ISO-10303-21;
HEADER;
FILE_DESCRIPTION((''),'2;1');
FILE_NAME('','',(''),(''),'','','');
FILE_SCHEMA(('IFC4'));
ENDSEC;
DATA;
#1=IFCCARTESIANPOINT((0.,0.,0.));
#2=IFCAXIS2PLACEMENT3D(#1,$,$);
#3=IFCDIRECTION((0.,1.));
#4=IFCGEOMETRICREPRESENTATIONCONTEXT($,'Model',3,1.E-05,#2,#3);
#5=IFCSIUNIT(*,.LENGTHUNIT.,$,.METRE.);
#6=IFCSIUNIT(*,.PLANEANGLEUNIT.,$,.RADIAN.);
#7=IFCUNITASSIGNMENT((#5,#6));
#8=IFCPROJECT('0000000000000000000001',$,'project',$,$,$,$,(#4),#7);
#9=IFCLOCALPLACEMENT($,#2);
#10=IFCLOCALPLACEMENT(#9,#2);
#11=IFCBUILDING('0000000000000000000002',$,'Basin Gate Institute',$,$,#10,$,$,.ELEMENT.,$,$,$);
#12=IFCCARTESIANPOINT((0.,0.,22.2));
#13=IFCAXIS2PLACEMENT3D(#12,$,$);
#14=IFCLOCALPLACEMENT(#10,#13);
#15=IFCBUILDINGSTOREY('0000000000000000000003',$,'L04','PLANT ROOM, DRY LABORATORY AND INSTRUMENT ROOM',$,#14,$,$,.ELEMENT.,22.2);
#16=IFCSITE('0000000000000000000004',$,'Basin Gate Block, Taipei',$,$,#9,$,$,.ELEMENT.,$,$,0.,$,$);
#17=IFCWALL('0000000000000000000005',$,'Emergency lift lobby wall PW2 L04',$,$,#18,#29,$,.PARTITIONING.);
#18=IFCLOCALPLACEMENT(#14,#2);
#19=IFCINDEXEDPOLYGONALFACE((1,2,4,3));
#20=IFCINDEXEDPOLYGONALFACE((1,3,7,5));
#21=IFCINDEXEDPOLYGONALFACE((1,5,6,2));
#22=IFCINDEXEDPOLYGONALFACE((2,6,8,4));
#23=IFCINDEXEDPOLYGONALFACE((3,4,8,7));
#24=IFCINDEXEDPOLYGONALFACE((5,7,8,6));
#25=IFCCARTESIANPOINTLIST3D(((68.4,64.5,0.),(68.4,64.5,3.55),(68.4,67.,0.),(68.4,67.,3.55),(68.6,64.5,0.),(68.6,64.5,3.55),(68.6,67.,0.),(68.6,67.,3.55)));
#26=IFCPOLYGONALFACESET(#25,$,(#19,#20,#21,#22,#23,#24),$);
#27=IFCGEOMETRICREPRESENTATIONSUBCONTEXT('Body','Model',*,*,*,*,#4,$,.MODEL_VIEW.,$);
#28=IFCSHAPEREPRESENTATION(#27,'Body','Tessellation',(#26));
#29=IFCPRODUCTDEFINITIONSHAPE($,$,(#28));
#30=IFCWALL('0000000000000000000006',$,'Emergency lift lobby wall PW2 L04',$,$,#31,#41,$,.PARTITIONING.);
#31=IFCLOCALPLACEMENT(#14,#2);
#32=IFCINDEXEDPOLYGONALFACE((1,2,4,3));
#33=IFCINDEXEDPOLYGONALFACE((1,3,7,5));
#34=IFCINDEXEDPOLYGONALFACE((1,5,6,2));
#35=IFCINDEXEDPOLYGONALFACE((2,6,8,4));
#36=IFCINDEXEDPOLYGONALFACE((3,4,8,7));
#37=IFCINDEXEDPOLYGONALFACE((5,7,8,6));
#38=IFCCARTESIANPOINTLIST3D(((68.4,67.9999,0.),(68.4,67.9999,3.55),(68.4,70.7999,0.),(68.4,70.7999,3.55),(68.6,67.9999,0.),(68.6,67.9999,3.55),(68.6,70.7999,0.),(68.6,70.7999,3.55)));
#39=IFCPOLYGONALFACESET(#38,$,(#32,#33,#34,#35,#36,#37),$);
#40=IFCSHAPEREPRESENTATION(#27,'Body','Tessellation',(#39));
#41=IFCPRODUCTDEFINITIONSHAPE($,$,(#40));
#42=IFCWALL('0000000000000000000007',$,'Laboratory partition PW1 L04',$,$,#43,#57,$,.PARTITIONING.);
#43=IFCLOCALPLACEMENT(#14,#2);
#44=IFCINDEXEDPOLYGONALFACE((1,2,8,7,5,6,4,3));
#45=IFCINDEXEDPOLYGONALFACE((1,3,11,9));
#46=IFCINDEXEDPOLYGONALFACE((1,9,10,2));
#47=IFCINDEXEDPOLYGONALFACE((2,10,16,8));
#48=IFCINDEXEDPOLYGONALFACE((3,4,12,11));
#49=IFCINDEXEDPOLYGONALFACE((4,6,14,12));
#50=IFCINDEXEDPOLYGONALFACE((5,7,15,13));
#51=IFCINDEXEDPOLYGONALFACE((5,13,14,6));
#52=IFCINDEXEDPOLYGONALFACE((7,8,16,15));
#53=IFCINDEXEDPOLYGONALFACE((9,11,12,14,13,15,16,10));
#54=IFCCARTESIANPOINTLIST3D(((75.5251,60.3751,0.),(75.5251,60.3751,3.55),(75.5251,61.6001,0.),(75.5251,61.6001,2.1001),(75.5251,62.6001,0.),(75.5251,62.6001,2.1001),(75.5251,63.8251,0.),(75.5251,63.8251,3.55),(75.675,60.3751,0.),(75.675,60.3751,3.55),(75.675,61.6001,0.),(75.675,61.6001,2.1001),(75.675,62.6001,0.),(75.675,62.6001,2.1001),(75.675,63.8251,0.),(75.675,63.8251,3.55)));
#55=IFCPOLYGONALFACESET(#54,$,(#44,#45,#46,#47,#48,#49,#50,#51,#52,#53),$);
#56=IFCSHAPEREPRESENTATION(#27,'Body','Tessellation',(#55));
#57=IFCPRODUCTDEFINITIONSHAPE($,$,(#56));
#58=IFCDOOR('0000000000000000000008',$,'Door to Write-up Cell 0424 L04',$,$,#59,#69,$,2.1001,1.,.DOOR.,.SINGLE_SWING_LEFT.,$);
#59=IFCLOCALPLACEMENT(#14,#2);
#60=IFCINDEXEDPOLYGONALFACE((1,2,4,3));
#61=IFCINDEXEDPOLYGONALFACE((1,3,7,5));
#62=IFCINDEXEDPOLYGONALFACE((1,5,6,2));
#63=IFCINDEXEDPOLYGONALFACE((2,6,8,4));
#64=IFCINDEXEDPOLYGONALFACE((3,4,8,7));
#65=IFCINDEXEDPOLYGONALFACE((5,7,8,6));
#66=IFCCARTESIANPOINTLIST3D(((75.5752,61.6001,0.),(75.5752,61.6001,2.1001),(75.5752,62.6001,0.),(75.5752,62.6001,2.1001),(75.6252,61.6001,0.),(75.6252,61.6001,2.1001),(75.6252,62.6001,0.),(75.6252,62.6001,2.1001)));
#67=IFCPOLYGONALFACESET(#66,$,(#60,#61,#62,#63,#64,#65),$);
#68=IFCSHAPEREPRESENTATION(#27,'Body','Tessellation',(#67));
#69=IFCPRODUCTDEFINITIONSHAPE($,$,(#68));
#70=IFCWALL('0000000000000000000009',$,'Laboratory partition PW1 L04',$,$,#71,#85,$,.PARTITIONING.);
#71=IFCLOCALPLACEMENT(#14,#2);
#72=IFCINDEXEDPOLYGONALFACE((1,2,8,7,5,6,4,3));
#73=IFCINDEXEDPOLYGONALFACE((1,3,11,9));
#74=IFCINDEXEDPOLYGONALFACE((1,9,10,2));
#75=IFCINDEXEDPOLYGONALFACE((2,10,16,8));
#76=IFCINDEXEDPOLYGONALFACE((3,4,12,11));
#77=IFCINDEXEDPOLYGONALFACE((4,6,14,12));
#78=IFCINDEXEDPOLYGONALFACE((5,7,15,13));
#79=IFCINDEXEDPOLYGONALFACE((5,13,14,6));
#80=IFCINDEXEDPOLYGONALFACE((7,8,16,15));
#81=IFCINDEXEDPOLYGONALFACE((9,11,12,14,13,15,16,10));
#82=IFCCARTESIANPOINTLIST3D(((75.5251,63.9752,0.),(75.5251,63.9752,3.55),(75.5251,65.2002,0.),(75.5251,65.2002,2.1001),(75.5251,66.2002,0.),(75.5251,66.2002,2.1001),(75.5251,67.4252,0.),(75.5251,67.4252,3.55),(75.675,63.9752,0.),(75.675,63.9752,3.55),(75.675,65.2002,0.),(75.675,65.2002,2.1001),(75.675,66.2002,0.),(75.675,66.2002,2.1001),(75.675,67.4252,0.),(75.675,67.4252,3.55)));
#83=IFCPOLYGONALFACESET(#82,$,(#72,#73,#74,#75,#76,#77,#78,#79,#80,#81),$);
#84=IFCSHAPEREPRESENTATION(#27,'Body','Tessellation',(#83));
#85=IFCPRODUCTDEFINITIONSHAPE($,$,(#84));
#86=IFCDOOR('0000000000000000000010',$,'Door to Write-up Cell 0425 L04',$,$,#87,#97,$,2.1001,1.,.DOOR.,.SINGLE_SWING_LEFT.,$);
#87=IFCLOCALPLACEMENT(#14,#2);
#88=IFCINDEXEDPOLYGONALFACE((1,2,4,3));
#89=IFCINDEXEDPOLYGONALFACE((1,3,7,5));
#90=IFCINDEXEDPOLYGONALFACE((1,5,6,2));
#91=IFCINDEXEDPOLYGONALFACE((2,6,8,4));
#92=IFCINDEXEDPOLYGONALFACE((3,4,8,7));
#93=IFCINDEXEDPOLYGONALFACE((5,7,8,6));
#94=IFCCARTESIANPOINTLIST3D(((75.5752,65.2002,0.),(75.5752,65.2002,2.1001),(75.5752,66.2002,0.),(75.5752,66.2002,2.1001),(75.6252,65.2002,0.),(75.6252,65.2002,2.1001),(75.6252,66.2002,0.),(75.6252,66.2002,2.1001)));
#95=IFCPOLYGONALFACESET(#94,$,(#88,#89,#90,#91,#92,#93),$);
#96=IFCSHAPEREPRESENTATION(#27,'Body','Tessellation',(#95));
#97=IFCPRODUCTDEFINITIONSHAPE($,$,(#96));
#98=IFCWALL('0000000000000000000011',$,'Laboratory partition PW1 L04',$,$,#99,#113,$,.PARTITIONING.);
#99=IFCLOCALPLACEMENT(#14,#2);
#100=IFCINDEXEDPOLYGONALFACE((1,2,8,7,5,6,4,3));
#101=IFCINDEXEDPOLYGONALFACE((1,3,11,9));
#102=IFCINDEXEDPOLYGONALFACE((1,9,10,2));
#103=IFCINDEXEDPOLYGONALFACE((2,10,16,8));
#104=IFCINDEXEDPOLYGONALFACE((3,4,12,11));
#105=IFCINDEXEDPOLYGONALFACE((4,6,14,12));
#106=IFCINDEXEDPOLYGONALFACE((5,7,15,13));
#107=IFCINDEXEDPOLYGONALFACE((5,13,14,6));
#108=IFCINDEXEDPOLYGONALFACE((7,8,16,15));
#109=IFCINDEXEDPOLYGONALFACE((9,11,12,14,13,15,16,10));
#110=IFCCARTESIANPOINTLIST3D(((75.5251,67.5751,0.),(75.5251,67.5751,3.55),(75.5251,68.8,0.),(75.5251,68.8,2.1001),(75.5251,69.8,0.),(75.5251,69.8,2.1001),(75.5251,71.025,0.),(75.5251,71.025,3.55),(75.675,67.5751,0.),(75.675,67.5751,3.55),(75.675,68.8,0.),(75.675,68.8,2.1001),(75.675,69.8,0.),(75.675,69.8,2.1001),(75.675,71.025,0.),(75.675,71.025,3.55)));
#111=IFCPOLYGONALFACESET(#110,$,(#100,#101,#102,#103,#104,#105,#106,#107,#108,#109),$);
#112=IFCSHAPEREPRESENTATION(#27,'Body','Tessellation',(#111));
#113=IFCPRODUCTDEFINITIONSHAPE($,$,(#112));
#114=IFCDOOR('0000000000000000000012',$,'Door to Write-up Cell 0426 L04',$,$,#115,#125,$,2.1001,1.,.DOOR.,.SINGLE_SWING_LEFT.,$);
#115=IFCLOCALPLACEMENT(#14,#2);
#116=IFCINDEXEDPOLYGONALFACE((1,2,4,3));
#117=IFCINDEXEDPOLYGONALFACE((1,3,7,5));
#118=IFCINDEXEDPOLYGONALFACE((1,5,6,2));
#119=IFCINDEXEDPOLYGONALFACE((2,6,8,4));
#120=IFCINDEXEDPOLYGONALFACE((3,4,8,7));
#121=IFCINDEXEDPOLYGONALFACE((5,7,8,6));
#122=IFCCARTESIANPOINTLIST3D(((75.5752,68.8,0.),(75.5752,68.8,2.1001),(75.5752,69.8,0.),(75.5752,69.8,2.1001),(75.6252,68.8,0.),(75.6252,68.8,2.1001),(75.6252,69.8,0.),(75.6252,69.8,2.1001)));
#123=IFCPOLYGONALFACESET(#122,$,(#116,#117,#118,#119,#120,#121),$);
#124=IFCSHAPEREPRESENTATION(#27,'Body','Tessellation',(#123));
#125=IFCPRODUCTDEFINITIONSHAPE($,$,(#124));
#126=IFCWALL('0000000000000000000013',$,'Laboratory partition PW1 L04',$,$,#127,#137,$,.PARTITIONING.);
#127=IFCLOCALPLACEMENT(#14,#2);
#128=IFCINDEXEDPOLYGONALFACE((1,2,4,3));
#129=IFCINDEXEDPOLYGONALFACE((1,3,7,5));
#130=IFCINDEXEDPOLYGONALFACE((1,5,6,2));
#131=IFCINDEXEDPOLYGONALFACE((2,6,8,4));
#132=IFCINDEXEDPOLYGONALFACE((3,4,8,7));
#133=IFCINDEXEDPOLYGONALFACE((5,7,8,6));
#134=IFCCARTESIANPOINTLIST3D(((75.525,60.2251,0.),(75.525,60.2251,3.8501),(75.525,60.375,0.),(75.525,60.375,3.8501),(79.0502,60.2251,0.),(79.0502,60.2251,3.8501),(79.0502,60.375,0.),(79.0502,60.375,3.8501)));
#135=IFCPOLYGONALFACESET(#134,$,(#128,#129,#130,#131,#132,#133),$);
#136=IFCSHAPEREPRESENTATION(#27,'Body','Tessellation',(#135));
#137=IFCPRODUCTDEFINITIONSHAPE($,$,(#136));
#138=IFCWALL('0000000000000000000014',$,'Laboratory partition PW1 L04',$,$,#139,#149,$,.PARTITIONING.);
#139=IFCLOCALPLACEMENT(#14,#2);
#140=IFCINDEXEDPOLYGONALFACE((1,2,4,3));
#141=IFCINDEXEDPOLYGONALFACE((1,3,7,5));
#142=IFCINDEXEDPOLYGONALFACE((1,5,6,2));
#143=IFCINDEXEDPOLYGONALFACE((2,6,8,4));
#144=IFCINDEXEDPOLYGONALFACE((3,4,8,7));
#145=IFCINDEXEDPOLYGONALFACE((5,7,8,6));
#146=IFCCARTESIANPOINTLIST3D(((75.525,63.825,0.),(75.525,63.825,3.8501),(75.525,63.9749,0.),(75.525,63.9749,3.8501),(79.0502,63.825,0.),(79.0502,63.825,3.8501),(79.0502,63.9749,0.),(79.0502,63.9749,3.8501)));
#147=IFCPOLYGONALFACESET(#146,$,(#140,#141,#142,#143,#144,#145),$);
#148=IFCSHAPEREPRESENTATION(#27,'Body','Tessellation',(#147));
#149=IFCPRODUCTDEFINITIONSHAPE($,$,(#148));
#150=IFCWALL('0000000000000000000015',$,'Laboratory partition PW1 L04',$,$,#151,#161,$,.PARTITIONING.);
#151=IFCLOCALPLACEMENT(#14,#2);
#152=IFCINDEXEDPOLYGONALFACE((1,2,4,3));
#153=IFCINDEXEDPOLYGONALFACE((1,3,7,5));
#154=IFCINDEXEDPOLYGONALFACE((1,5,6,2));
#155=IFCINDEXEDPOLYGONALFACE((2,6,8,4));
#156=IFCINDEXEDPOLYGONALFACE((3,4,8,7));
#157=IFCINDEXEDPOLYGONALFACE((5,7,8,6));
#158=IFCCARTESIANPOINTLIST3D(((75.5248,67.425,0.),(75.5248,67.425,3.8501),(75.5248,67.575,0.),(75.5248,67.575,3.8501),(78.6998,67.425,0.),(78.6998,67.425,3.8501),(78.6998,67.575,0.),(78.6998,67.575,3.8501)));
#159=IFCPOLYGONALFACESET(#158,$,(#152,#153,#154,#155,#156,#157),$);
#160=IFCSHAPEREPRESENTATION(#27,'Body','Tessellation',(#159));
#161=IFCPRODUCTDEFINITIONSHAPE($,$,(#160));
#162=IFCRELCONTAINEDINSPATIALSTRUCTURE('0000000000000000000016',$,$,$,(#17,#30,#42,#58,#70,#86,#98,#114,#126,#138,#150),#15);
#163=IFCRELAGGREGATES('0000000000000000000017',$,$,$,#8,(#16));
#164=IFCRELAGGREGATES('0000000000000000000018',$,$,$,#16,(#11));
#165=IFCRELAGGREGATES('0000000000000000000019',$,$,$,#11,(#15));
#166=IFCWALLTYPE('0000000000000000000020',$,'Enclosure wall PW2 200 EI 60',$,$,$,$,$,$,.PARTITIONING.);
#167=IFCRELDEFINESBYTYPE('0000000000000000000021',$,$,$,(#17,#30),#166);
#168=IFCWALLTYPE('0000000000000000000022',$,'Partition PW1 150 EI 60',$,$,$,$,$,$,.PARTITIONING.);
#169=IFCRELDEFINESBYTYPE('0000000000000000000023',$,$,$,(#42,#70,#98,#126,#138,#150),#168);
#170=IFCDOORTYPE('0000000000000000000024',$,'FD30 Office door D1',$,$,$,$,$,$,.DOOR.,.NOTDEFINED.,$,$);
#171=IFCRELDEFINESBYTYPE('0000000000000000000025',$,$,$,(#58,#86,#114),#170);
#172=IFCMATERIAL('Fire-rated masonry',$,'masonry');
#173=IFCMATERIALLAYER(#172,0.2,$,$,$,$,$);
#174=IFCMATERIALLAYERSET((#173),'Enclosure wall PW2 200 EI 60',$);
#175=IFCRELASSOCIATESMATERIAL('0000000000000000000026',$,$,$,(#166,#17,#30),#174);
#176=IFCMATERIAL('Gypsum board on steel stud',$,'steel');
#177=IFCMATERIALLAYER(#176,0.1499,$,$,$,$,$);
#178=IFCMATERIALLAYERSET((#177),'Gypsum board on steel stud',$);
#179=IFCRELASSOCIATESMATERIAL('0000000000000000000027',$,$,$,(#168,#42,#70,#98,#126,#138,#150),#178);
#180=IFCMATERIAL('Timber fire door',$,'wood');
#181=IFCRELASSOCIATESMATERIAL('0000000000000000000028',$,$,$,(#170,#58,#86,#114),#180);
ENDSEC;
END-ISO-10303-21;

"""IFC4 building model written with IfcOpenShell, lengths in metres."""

from ifc_helpers import new_model, si_unit, direction, frame, frame_2d, origin, place, context, subcontext, project, spatial, rectangle, extrude, material, layer, layer_set, type_object, element, fill, save


model = new_model("IFC4")

# Units and contexts
model_context = context("Model", 3, precision=1e-05, world=origin(), true_north=direction((0.0, 1.0)))
body_context = subcontext(model_context, "Body", "Model", "MODEL_VIEW")
ifc_project = project(units=[si_unit("LENGTHUNIT", "METRE"), si_unit("PLANEANGLEUNIT", "RADIAN")], contexts=[model_context])

# Site, building, storey
site_placement = place(None, origin())
site = spatial("IfcSite", under=ifc_project, at=site_placement, Name="Basin Gate Block, Taipei", CompositionType="ELEMENT", RefElevation=0.0)
building_placement = place(site_placement, origin())
building = spatial("IfcBuilding", under=site, at=building_placement, Name="Basin Gate Institute", CompositionType="ELEMENT")
storey_placement = place(building_placement, frame((0.0, 0.0, 22.2)))
storey = spatial("IfcBuildingStorey", under=building, at=storey_placement, Name="L04", Description="PLANT ROOM, DRY LABORATORY AND INSTRUMENT ROOM", CompositionType="ELEMENT", Elevation=22.2)

# Walls
ifc_material_1 = material(Name="Fire-rated masonry", Category="masonry")
ifc_layer_1 = layer(ifc_material_1, 0.2)
ifc_layer_set_1 = layer_set([ifc_layer_1], Name="Enclosure wall PW2 200 EI 60")
wall_type_1 = type_object("IfcWallType", Name="Enclosure wall PW2 200 EI 60", PredefinedType="PARTITIONING", material=ifc_layer_set_1)
wall_1_placement = place(storey_placement, frame((68.5, 64.5, 0.0), z_axis=(0.0, 0.0, 1.0), x_axis=(0.0, 1.0, 0.0)))
element("IfcWall", 1, at=wall_1_placement, inside=storey, type_object=wall_type_1, material=ifc_layer_set_1, Name="Emergency lift lobby wall PW2 L04", PredefinedType="PARTITIONING", context=body_context, shape_type="SweptSolid", body=[
    extrude(rectangle(XDim=2.5, YDim=0.2, at=frame_2d((1.25, 0.0))), origin(), (0.0, 0.0, 1.0), 3.55),
])
wall_2_placement = place(storey_placement, frame((68.5, 68.0, 0.0), z_axis=(0.0, 0.0, 1.0), x_axis=(0.0, 1.0, 0.0)))
element("IfcWall", 2, at=wall_2_placement, inside=storey, type_object=wall_type_1, material=ifc_layer_set_1, Name="Emergency lift lobby wall PW2 L04", PredefinedType="PARTITIONING", context=body_context, shape_type="SweptSolid", body=[
    extrude(rectangle(XDim=2.8, YDim=0.2, at=frame_2d((1.3999, 0.0))), origin(), (0.0, 0.0, 1.0), 3.55),
])

# Walls, openings, doors
ifc_material_2 = material(Name="Gypsum board on steel stud", Category="steel")
ifc_layer_2 = layer(ifc_material_2, 0.1499)
ifc_layer_set_2 = layer_set([ifc_layer_2], Name="Gypsum board on steel stud")
wall_type_2 = type_object("IfcWallType", Name="Partition PW1 150 EI 60", PredefinedType="PARTITIONING", material=ifc_layer_set_2)
wall_3_placement = place(storey_placement, frame((75.6001, 60.375, 0.0), z_axis=(0.0, 0.0, 1.0), x_axis=(0.0, 1.0, 0.0)))
wall_3 = element("IfcWall", 3, at=wall_3_placement, inside=storey, type_object=wall_type_2, material=ifc_layer_set_2, Name="Laboratory partition PW1 L04", PredefinedType="PARTITIONING", context=body_context, shape_type="SweptSolid", body=[
    extrude(rectangle(XDim=3.45, YDim=0.1499, at=frame_2d((1.7251, 0.0))), origin(), (0.0, 0.0, 1.0), 3.55),
])
opening_1_placement = place(wall_3_placement, frame((1.2251, 0.0, 0.0)))
opening_1 = element("IfcOpeningElement", 4, at=opening_1_placement, cuts=wall_3, PredefinedType="OPENING", context=body_context, shape_type="SweptSolid", body=[
    extrude(rectangle(XDim=1.0, YDim=2.1001, at=frame_2d((0.5, 1.05))), frame((0.0, 0.085, 0.0), z_axis=(0.0, -1.0, 0.0), x_axis=(1.0, 0.0, 0.0)), (0.0, 0.0, 1.0), 0.1699),
])
ifc_material_3 = material(Name="Timber fire door", Category="wood")
door_type = type_object("IfcDoorType", Name="FD30 Office door D1", OperationType="NOTDEFINED", PredefinedType="DOOR", material=ifc_material_3)
door_1_placement = place(opening_1_placement, origin())
door_1 = element("IfcDoor", 5, at=door_1_placement, inside=storey, type_object=door_type, material=ifc_material_3, Name="Door to Write-up Cell 0424 L04", OperationType="SINGLE_SWING_LEFT", OverallHeight=2.1001, OverallWidth=1.0, PredefinedType="DOOR", context=body_context, shape_type="SweptSolid", body=[
    extrude(rectangle(XDim=1.0, YDim=2.1001, at=frame_2d((0.5, 1.05))), frame((0.0, 0.0249, 0.0), z_axis=(0.0, -1.0, 0.0), x_axis=(1.0, 0.0, 0.0)), (0.0, 0.0, 1.0), 0.05),
])
fill(opening_1, door_1)
wall_4_placement = place(storey_placement, frame((75.6001, 63.9751, 0.0), z_axis=(0.0, 0.0, 1.0), x_axis=(0.0, 1.0, 0.0)))
wall_4 = element("IfcWall", 6, at=wall_4_placement, inside=storey, type_object=wall_type_2, material=ifc_layer_set_2, Name="Laboratory partition PW1 L04", PredefinedType="PARTITIONING", context=body_context, shape_type="SweptSolid", body=[
    extrude(rectangle(XDim=3.45, YDim=0.1499, at=frame_2d((1.7251, 0.0))), origin(), (0.0, 0.0, 1.0), 3.55),
])
opening_2_placement = place(wall_4_placement, frame((1.2251, 0.0, 0.0)))
opening_2 = element("IfcOpeningElement", 7, at=opening_2_placement, cuts=wall_4, PredefinedType="OPENING", context=body_context, shape_type="SweptSolid", body=[
    extrude(rectangle(XDim=1.0, YDim=2.1001, at=frame_2d((0.5, 1.05))), frame((0.0, 0.085, 0.0), z_axis=(0.0, -1.0, 0.0), x_axis=(1.0, 0.0, 0.0)), (0.0, 0.0, 1.0), 0.1699),
])
door_2_placement = place(opening_2_placement, origin())
door_2 = element("IfcDoor", 8, at=door_2_placement, inside=storey, type_object=door_type, material=ifc_material_3, Name="Door to Write-up Cell 0425 L04", OperationType="SINGLE_SWING_LEFT", OverallHeight=2.1001, OverallWidth=1.0, PredefinedType="DOOR", context=body_context, shape_type="SweptSolid", body=[
    extrude(rectangle(XDim=1.0, YDim=2.1001, at=frame_2d((0.5, 1.05))), frame((0.0, 0.0249, 0.0), z_axis=(0.0, -1.0, 0.0), x_axis=(1.0, 0.0, 0.0)), (0.0, 0.0, 1.0), 0.05),
])
fill(opening_2, door_2)
wall_5_placement = place(storey_placement, frame((75.6001, 67.575, 0.0), z_axis=(0.0, 0.0, 1.0), x_axis=(0.0, 1.0, 0.0)))
wall_5 = element("IfcWall", 9, at=wall_5_placement, inside=storey, type_object=wall_type_2, material=ifc_layer_set_2, Name="Laboratory partition PW1 L04", PredefinedType="PARTITIONING", context=body_context, shape_type="SweptSolid", body=[
    extrude(rectangle(XDim=3.45, YDim=0.1499, at=frame_2d((1.7251, 0.0))), origin(), (0.0, 0.0, 1.0), 3.55),
])
opening_3_placement = place(wall_5_placement, frame((1.2251, 0.0, 0.0)))
opening_3 = element("IfcOpeningElement", 10, at=opening_3_placement, cuts=wall_5, PredefinedType="OPENING", context=body_context, shape_type="SweptSolid", body=[
    extrude(rectangle(XDim=1.0, YDim=2.1001, at=frame_2d((0.5, 1.05))), frame((0.0, 0.085, 0.0), z_axis=(0.0, -1.0, 0.0), x_axis=(1.0, 0.0, 0.0)), (0.0, 0.0, 1.0), 0.1699),
])
door_3_placement = place(opening_3_placement, origin())
door_3 = element("IfcDoor", 11, at=door_3_placement, inside=storey, type_object=door_type, material=ifc_material_3, Name="Door to Write-up Cell 0426 L04", OperationType="SINGLE_SWING_LEFT", OverallHeight=2.1001, OverallWidth=1.0, PredefinedType="DOOR", context=body_context, shape_type="SweptSolid", body=[
    extrude(rectangle(XDim=1.0, YDim=2.1001, at=frame_2d((0.5, 1.05))), frame((0.0, 0.0249, 0.0), z_axis=(0.0, -1.0, 0.0), x_axis=(1.0, 0.0, 0.0)), (0.0, 0.0, 1.0), 0.05),
])
fill(opening_3, door_3)

# Walls
for number, where, z_axis, x_axis, name in (
    (12, (75.5249, 60.3, 0.0), (0.0, 0.0, 1.0), (1.0, 0.0, 0.0), "Laboratory partition PW1 L04"),
    (13, (75.5249, 63.8999, 0.0), (0.0, 0.0, 1.0), (1.0, 0.0, 0.0), "Laboratory partition PW1 L04"),
):
    element("IfcWall", number, at=place(storey_placement, frame(where, z_axis=z_axis, x_axis=x_axis)), inside=storey, type_object=wall_type_2, material=ifc_layer_set_2, Name=name, PredefinedType="PARTITIONING", context=body_context, shape_type="SweptSolid", body=[
        extrude(rectangle(XDim=3.5251, YDim=0.1499, at=frame_2d((1.7627, 0.0))), origin(), (0.0, 0.0, 1.0), 3.8501),
    ])
wall_6_placement = place(storey_placement, frame((75.5249, 67.5, 0.0), z_axis=(0.0, 0.0, 1.0), x_axis=(1.0, 0.0, 0.0)))
element("IfcWall", 14, at=wall_6_placement, inside=storey, type_object=wall_type_2, material=ifc_layer_set_2, Name="Laboratory partition PW1 L04", PredefinedType="PARTITIONING", context=body_context, shape_type="SweptSolid", body=[
    extrude(rectangle(XDim=3.175, YDim=0.1499, at=frame_2d((1.5874, 0.0))), origin(), (0.0, 0.0, 1.0), 3.8501),
])

save(model, "model.ifc")
